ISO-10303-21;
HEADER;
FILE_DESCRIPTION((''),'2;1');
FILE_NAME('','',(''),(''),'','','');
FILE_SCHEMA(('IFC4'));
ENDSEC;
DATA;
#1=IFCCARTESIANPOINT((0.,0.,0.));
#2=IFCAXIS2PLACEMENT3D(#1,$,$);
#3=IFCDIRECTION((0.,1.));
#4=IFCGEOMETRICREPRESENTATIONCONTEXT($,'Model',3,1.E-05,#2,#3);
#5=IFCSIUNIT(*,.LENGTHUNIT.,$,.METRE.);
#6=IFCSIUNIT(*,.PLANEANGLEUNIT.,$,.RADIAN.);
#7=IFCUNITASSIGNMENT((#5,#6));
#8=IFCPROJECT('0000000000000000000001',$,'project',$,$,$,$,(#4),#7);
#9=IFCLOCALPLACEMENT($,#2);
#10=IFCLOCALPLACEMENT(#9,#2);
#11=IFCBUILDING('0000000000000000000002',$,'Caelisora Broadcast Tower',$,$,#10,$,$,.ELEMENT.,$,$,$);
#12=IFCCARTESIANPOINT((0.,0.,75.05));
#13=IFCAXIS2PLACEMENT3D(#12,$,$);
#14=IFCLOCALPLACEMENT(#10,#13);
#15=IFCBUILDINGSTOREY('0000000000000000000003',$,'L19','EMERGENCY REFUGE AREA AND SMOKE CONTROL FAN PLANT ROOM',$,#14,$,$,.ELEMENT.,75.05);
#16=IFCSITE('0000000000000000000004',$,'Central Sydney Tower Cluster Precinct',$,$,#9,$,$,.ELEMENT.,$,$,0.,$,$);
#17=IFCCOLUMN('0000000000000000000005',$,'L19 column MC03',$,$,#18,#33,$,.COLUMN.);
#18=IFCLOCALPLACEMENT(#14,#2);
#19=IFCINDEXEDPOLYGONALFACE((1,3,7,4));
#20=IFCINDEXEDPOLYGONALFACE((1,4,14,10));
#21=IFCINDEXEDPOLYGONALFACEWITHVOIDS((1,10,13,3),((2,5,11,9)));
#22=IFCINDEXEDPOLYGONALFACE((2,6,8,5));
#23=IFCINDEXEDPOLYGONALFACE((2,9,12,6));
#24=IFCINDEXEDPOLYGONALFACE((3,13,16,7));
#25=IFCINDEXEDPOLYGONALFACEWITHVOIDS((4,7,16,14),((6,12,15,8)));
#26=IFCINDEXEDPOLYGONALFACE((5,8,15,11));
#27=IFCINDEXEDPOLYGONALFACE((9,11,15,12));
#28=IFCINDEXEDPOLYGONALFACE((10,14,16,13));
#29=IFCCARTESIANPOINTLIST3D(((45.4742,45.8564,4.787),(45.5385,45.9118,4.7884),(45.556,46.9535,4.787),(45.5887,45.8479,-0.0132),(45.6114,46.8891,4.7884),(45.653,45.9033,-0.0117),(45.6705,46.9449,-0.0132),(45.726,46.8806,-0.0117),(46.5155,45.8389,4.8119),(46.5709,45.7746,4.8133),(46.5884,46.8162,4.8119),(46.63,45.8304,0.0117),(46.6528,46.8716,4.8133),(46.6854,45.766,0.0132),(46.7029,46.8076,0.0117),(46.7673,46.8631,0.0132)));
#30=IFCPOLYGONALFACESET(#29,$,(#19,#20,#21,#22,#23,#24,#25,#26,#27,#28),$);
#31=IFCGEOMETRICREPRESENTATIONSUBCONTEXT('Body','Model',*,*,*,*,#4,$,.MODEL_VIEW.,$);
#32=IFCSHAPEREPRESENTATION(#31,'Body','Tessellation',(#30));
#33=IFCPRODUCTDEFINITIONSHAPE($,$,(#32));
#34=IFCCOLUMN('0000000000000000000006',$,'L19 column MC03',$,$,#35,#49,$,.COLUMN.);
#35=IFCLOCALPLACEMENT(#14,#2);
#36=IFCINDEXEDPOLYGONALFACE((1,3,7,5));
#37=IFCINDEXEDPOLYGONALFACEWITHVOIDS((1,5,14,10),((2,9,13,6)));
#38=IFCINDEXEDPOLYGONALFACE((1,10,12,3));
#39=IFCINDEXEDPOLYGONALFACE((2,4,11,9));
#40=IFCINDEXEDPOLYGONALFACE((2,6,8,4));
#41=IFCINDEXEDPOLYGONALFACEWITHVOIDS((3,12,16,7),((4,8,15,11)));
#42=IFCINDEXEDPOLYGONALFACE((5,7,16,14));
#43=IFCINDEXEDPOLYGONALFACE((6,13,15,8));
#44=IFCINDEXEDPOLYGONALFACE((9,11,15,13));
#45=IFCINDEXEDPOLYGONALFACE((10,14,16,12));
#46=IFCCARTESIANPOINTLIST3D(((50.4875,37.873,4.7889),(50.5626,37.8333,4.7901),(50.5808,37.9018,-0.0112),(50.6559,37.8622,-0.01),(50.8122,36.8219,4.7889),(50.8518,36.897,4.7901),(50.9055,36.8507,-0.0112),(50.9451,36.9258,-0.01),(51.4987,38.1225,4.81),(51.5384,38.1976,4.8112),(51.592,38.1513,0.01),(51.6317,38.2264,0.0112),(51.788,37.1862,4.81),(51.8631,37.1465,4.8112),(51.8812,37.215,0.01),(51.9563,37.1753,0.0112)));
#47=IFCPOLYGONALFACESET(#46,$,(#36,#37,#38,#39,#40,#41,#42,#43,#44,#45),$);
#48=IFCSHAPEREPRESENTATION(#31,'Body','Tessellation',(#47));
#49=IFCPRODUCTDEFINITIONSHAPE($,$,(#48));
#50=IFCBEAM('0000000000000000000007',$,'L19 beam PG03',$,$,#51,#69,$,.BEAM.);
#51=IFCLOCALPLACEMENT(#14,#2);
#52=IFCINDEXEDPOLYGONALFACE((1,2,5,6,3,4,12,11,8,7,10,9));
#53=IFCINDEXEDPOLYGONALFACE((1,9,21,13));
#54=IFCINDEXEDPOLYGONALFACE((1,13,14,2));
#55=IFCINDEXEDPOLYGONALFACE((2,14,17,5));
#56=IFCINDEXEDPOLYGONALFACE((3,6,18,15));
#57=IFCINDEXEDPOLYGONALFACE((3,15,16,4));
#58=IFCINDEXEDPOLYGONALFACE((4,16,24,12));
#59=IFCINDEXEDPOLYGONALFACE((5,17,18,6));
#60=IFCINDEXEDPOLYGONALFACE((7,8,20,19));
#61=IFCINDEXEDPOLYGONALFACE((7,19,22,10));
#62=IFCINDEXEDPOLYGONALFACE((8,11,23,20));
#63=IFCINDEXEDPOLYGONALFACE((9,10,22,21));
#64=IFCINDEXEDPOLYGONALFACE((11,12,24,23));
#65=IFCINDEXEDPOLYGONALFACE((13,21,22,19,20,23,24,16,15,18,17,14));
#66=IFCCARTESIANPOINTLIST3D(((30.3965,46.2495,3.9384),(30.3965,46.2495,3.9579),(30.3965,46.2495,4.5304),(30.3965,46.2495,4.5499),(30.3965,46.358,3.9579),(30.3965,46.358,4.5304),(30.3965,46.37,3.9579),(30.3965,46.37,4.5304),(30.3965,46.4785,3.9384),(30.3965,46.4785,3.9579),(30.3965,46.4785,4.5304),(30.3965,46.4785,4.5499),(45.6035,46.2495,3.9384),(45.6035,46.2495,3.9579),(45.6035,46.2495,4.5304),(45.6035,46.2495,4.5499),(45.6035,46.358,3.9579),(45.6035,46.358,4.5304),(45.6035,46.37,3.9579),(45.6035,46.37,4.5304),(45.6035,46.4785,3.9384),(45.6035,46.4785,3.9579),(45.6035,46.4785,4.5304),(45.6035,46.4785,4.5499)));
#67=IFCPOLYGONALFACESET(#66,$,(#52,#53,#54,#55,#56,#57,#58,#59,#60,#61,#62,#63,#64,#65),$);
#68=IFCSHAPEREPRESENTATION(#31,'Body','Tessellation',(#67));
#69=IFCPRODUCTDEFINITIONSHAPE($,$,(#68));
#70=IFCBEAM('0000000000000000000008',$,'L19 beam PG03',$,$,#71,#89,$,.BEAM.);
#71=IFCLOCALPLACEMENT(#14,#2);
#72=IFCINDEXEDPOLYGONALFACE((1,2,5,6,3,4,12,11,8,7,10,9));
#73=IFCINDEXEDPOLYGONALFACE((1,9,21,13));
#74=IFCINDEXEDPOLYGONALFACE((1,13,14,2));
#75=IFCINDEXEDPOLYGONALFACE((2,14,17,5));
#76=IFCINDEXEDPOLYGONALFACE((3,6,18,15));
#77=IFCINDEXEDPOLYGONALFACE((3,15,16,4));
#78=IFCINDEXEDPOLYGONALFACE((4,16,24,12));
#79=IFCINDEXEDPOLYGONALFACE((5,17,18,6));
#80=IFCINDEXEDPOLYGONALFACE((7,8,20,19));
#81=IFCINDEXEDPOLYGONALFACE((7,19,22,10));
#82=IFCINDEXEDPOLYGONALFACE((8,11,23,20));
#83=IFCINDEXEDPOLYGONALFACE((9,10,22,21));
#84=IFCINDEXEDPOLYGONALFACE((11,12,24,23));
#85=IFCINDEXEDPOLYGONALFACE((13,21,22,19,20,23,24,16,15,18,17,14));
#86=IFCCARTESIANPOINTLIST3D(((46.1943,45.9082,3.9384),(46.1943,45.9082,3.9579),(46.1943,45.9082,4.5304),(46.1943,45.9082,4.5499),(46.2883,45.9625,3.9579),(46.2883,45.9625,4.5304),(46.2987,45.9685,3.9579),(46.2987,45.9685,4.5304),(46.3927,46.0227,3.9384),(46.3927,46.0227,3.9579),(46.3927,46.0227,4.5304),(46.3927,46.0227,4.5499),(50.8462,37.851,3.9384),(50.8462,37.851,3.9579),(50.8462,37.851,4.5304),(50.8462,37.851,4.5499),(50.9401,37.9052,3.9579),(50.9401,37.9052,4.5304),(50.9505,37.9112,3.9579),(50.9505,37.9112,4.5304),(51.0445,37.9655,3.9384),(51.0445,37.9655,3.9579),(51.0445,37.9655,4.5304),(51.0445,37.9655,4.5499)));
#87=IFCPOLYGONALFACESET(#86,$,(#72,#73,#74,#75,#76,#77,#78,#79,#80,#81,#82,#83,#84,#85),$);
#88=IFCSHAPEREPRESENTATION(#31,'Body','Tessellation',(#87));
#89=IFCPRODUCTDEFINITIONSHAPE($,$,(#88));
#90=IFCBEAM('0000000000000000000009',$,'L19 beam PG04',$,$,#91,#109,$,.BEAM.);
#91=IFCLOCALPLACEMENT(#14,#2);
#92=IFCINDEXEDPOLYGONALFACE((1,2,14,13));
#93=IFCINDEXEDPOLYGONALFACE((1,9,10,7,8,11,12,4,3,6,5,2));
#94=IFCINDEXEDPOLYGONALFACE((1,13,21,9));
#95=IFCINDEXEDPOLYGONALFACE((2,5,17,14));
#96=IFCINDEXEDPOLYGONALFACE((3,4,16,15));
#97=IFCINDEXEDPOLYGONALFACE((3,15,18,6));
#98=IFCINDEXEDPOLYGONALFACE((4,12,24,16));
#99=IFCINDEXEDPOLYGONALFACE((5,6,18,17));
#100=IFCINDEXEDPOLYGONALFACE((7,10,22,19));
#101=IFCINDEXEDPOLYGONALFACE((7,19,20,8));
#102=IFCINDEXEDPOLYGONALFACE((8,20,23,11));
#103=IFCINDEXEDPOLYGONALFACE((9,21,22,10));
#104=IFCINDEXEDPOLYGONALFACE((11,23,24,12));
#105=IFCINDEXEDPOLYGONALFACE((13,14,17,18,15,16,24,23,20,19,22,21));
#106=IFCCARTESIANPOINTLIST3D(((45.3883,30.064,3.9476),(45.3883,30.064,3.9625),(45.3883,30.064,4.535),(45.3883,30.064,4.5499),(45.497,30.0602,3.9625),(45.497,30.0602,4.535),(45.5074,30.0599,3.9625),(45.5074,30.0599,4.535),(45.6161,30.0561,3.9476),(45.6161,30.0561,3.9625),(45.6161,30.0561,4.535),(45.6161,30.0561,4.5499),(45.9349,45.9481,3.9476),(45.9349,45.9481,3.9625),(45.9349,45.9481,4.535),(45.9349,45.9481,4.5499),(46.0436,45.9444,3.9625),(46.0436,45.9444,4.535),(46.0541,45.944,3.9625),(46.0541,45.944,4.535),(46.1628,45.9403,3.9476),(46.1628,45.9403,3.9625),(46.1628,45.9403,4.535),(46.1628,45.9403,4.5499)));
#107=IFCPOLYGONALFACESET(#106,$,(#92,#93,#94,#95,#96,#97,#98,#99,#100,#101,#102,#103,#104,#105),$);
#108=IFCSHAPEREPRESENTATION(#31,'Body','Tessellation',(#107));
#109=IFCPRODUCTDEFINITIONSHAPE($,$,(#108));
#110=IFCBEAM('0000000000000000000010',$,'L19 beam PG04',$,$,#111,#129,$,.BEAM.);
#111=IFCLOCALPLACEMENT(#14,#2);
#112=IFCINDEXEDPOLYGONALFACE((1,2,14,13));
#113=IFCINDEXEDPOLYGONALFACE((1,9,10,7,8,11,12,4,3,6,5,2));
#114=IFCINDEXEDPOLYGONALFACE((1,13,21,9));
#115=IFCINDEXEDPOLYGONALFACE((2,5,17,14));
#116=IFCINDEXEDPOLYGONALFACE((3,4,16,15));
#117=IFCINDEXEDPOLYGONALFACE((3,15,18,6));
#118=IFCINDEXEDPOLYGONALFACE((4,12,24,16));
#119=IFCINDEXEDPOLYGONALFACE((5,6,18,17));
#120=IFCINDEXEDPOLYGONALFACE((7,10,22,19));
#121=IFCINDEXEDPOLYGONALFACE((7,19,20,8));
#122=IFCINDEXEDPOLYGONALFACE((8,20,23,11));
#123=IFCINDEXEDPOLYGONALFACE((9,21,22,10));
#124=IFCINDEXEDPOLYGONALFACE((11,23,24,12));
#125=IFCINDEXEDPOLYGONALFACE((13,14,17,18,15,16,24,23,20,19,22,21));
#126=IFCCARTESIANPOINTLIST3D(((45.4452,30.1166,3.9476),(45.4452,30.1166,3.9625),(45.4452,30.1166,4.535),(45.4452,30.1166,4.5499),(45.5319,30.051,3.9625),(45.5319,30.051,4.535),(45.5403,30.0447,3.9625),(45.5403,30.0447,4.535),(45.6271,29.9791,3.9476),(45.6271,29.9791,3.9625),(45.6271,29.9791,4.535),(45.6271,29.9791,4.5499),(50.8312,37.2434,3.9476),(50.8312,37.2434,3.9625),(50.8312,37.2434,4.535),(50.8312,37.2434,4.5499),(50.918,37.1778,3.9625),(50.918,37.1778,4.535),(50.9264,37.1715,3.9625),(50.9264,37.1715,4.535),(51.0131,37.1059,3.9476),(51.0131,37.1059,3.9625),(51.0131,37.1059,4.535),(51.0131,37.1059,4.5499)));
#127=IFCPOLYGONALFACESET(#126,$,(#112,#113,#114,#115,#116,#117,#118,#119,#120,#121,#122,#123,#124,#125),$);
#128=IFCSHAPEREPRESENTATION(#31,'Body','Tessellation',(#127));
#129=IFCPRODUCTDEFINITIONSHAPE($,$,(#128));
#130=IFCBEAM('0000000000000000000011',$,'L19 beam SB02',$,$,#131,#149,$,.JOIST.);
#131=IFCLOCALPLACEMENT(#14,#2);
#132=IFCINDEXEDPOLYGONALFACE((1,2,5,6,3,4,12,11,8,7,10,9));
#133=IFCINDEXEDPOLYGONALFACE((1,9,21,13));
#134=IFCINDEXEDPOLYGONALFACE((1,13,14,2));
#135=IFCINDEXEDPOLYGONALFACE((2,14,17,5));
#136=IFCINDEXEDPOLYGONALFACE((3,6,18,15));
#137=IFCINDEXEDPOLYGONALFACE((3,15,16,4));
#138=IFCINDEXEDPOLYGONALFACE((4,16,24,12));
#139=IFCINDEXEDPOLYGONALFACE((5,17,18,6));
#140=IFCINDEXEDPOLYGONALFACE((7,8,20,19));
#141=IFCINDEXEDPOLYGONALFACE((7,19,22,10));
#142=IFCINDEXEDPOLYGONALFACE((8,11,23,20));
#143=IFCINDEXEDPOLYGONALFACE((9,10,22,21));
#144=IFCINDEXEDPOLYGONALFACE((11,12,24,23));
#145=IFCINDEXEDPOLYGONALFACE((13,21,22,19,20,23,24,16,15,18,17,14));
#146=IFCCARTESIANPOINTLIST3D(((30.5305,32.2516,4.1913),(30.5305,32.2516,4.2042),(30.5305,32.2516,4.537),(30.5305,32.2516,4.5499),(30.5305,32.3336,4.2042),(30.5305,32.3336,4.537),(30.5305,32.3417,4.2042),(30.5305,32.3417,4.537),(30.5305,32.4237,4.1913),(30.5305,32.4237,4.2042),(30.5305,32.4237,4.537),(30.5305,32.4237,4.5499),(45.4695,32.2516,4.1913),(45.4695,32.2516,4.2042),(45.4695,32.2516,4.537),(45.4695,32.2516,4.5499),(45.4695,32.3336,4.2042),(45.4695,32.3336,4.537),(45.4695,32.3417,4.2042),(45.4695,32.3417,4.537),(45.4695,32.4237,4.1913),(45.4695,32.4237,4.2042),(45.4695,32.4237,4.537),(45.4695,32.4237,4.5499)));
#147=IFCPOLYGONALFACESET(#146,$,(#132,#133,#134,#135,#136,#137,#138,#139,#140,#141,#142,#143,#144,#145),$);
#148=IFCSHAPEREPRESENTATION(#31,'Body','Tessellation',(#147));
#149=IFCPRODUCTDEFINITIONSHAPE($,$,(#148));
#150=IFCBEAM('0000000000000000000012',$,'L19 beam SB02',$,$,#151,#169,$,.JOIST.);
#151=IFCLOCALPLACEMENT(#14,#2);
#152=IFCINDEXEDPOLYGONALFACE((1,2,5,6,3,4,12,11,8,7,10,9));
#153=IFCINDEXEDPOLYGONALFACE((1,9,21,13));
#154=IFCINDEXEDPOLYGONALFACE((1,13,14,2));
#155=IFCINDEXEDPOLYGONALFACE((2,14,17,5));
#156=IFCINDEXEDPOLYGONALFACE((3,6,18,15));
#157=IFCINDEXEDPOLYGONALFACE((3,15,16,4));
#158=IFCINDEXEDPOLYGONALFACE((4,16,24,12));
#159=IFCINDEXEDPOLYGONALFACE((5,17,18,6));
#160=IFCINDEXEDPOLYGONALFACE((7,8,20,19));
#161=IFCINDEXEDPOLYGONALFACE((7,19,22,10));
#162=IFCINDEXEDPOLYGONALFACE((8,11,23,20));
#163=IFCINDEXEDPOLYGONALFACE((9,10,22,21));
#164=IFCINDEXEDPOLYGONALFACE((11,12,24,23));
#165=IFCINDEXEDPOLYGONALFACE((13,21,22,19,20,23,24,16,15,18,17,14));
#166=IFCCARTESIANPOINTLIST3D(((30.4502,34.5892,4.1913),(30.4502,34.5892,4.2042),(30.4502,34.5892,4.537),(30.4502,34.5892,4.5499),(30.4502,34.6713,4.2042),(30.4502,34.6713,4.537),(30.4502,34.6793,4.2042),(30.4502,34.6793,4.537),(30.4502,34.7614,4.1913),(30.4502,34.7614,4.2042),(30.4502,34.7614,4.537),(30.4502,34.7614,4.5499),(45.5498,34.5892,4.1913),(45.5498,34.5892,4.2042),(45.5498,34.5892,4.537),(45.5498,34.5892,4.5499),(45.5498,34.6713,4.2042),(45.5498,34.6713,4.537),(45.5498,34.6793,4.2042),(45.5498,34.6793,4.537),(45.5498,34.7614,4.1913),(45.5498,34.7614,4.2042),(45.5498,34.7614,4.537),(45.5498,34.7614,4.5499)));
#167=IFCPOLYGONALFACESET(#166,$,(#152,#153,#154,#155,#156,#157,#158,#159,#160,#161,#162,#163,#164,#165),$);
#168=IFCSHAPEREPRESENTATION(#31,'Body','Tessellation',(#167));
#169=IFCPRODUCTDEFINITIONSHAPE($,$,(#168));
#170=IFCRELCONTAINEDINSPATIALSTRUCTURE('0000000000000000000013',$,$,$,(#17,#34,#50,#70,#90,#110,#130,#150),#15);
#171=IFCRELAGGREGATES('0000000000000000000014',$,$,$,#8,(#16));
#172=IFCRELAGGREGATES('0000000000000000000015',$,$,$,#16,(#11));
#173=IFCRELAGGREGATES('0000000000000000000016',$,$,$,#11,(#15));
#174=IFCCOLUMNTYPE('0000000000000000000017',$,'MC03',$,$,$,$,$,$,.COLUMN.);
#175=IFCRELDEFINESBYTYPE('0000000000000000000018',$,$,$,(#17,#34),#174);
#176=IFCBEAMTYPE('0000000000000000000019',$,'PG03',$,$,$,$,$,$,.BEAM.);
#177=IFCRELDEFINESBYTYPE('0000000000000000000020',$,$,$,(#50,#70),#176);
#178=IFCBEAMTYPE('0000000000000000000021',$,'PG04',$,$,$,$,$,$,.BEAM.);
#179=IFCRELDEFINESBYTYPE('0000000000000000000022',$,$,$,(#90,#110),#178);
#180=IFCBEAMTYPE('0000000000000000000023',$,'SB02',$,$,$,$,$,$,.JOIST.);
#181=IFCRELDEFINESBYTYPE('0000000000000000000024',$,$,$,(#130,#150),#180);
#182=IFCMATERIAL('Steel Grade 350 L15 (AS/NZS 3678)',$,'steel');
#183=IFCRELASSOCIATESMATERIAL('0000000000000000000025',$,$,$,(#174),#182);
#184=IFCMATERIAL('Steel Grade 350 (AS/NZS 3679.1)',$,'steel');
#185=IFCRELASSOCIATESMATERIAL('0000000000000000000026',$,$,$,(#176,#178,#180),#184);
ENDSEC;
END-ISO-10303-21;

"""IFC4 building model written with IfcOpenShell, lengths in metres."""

from ifc_helpers import new_model, si_unit, direction, frame, origin, origin_2d, place, context, subcontext, project, spatial, hollow_rectangle, i_section, extrude, source, transform, mapped, material, material_profile, profile_set, type_object, type_shapes, element, save


model = new_model("IFC4")

# Units and contexts
model_context = context("Model", 3, precision=1e-05, world=origin(), true_north=direction((0.0, 1.0)))
body_context = subcontext(model_context, "Body", "Model", "MODEL_VIEW")
ifc_project = project(units=[si_unit("LENGTHUNIT", "METRE"), si_unit("PLANEANGLEUNIT", "RADIAN")], contexts=[model_context])

# Site, building, storey
site_placement = place(None, origin())
site = spatial("IfcSite", under=ifc_project, at=site_placement, Name="Central Sydney Tower Cluster Precinct", CompositionType="ELEMENT", RefElevation=0.0)
building_placement = place(site_placement, origin())
building = spatial("IfcBuilding", under=site, at=building_placement, Name="Caelisora Broadcast Tower", CompositionType="ELEMENT")
storey_placement = place(building_placement, frame((0.0, 0.0, 75.05)))
storey = spatial("IfcBuildingStorey", under=building, at=storey_placement, Name="L19", Description="EMERGENCY REFUGE AREA AND SMOKE CONTROL FAN PLANT ROOM", CompositionType="ELEMENT", Elevation=75.05)

# Columns
ifc_material_1 = material(Name="Steel Grade 350 L15 (AS/NZS 3678)", Category="steel")
ifc_material_profile_1 = material_profile(ifc_material_1, hollow_rectangle(XDim=1.1001, YDim=1.1001, WallThickness=0.0601, at=origin_2d()), Name="Steel Grade 350 L15 (AS/NZS 3678)")
ifc_profile_set_1 = profile_set([ifc_material_profile_1], Name="Steel Grade 350 L15 (AS/NZS 3678)")
column_type = type_object("IfcColumnType", Name="MC03", PredefinedType="COLUMN", material=ifc_profile_set_1)
shared_shape_1 = source(origin(), body_context, "Body", "SweptSolid", [
    extrude(hollow_rectangle(XDim=1.1001, YDim=1.1001, WallThickness=0.0601, at=origin_2d()), origin(), (0.0, 0.0, 1.0), 4.8015),
])
column_1_placement = place(storey_placement, frame((46.178, 46.3555, 0.0), z_axis=(-0.023848, 0.00178, 0.999714), x_axis=(-0.07442, -0.997227, 0.0)))
element("IfcColumn", 1, at=column_1_placement, inside=storey, type_object=column_type, Name="L19 column MC03", PredefinedType="COLUMN", context=body_context, shape_type="MappedRepresentation", body=[
    mapped(shared_shape_1, transform((0.0, 0.0, 0.0), scale=1.0)),
])
shared_shape_2 = source(origin(), body_context, "Body", "SweptSolid", [
    extrude(hollow_rectangle(XDim=1.1001, YDim=1.1001, WallThickness=0.0601, at=origin_2d()), origin(), (0.0, 0.0, 1.0), 4.801),
])
type_shapes(column_type, [shared_shape_1, shared_shape_2])
column_2_placement = place(storey_placement, frame((51.2686, 37.5386, 0.0), z_axis=(-0.019425, -0.006, 0.999793), x_axis=(0.29514, -0.955454, 0.0)))
element("IfcColumn", 2, at=column_2_placement, inside=storey, type_object=column_type, Name="L19 column MC03", PredefinedType="COLUMN", context=body_context, shape_type="MappedRepresentation", body=[
    mapped(shared_shape_2, transform((0.0, 0.0, 0.0), scale=1.0)),
])

# Beams
ifc_material_2 = material(Name="Steel Grade 350 (AS/NZS 3679.1)", Category="steel")
ifc_material_profile_2 = material_profile(ifc_material_2, i_section(OverallWidth=0.229, OverallDepth=0.6116, WebThickness=0.012, FlangeThickness=0.0195, at=origin_2d()), Name="Steel Grade 350 (AS/NZS 3679.1)")
ifc_profile_set_2 = profile_set([ifc_material_profile_2], Name="Steel Grade 350 (AS/NZS 3679.1)")
beam_type_1 = type_object("IfcBeamType", Name="PG03", PredefinedType="BEAM", material=ifc_profile_set_2)
shared_shape_3 = source(origin(), body_context, "Body", "SweptSolid", [
    extrude(i_section(OverallWidth=0.229, OverallDepth=0.6116, WebThickness=0.012, FlangeThickness=0.0195, at=origin_2d()), origin(), (0.0, 0.0, 1.0), 15.207),
])
beam_1_placement = place(storey_placement, frame((45.6035, 46.364, 4.2441), z_axis=(-1.0, 0.0, 0.0), x_axis=(0.0, -1.0, 0.0)))
element("IfcBeam", 3, at=beam_1_placement, inside=storey, type_object=beam_type_1, Name="L19 beam PG03", PredefinedType="BEAM", context=body_context, shape_type="MappedRepresentation", body=[
    mapped(shared_shape_3, transform((0.0, 0.0, 0.0), scale=1.0)),
])
shared_shape_4 = source(origin(), body_context, "Body", "SweptSolid", [
    extrude(i_section(OverallWidth=0.229, OverallDepth=0.6116, WebThickness=0.012, FlangeThickness=0.0195, at=origin_2d()), origin(), (0.0, 0.0, 1.0), 9.3037),
])
type_shapes(beam_type_1, [shared_shape_3, shared_shape_4])
beam_2_placement = place(storey_placement, frame((50.9453, 37.9082, 4.2441), z_axis=(-0.499994, 0.866029, 0.0), x_axis=(-0.866029, -0.499994, 0.0)))
element("IfcBeam", 4, at=beam_2_placement, inside=storey, type_object=beam_type_1, Name="L19 beam PG03", PredefinedType="BEAM", context=body_context, shape_type="MappedRepresentation", body=[
    mapped(shared_shape_4, transform((0.0, 0.0, 0.0), scale=1.0)),
])
ifc_material_profile_3 = material_profile(ifc_material_2, i_section(OverallWidth=0.228, OverallDepth=0.6023, WebThickness=0.0105, FlangeThickness=0.0149, at=origin_2d()), Name="Steel Grade 350 (AS/NZS 3679.1)")
ifc_profile_set_3 = profile_set([ifc_material_profile_3], Name="Steel Grade 350 (AS/NZS 3679.1)")
beam_type_2 = type_object("IfcBeamType", Name="PG04", PredefinedType="BEAM", material=ifc_profile_set_3)
shared_shape_5 = source(origin(), body_context, "Body", "SweptSolid", [
    extrude(i_section(OverallWidth=0.228, OverallDepth=0.6023, WebThickness=0.0105, FlangeThickness=0.0149, at=origin_2d()), origin(), (0.0, 0.0, 1.0), 15.8936),
])
beam_3_placement = place(storey_placement, frame((45.5022, 30.0601, 4.2488), z_axis=(0.034393, 0.999408, 0.0), x_axis=(-0.999408, 0.034393, 0.0)))
element("IfcBeam", 5, at=beam_3_placement, inside=storey, type_object=beam_type_2, Name="L19 beam PG04", PredefinedType="BEAM", context=body_context, shape_type="MappedRepresentation", body=[
    mapped(shared_shape_5, transform((0.0, 0.0, 0.0), scale=1.0)),
])
shared_shape_6 = source(origin(), body_context, "Body", "SweptSolid", [
    extrude(i_section(OverallWidth=0.228, OverallDepth=0.6023, WebThickness=0.0105, FlangeThickness=0.0149, at=origin_2d()), origin(), (0.0, 0.0, 1.0), 8.9331),
])
type_shapes(beam_type_2, [shared_shape_5, shared_shape_6])
beam_4_placement = place(storey_placement, frame((45.5361, 30.0479, 4.2488), z_axis=(0.60293, 0.797794, 0.0), x_axis=(-0.797794, 0.60293, 0.0)))
element("IfcBeam", 6, at=beam_4_placement, inside=storey, type_object=beam_type_2, Name="L19 beam PG04", PredefinedType="BEAM", context=body_context, shape_type="MappedRepresentation", body=[
    mapped(shared_shape_6, transform((0.0, 0.0, 0.0), scale=1.0)),
])
ifc_material_profile_4 = material_profile(ifc_material_2, i_section(OverallWidth=0.1721, OverallDepth=0.3586, WebThickness=0.0081, FlangeThickness=0.0129, at=origin_2d()), Name="Steel Grade 350 (AS/NZS 3679.1)")
ifc_profile_set_4 = profile_set([ifc_material_profile_4], Name="Steel Grade 350 (AS/NZS 3679.1)")
beam_type_3 = type_object("IfcBeamType", Name="SB02", PredefinedType="JOIST", material=ifc_profile_set_4)
shared_shape_7 = source(origin(), body_context, "Body", "SweptSolid", [
    extrude(i_section(OverallWidth=0.1721, OverallDepth=0.3586, WebThickness=0.0081, FlangeThickness=0.0129, at=origin_2d()), origin(), (0.0, 0.0, 1.0), 14.939),
])
beam_5_placement = place(storey_placement, frame((45.4695, 32.3376, 4.3706), z_axis=(-1.0, 0.0, 0.0), x_axis=(0.0, -1.0, 0.0)))
element("IfcBeam", 7, at=beam_5_placement, inside=storey, type_object=beam_type_3, Name="L19 beam SB02", PredefinedType="JOIST", context=body_context, shape_type="MappedRepresentation", body=[
    mapped(shared_shape_7, transform((0.0, 0.0, 0.0), scale=1.0)),
])
shared_shape_8 = source(origin(), body_context, "Body", "SweptSolid", [
    extrude(i_section(OverallWidth=0.1721, OverallDepth=0.3586, WebThickness=0.0081, FlangeThickness=0.0129, at=origin_2d()), origin(), (0.0, 0.0, 1.0), 15.0996),
])
beam_6_placement = place(storey_placement, frame((45.5498, 34.6753, 4.3706), z_axis=(-1.0, 0.0, 0.0), x_axis=(0.0, -1.0, 0.0)))
element("IfcBeam", 8, at=beam_6_placement, inside=storey, type_object=beam_type_3, Name="L19 beam SB02", PredefinedType="JOIST", context=body_context, shape_type="MappedRepresentation", body=[
    mapped(shared_shape_8, transform((0.0, 0.0, 0.0), scale=1.0)),
])

save(model, "model.ifc")
